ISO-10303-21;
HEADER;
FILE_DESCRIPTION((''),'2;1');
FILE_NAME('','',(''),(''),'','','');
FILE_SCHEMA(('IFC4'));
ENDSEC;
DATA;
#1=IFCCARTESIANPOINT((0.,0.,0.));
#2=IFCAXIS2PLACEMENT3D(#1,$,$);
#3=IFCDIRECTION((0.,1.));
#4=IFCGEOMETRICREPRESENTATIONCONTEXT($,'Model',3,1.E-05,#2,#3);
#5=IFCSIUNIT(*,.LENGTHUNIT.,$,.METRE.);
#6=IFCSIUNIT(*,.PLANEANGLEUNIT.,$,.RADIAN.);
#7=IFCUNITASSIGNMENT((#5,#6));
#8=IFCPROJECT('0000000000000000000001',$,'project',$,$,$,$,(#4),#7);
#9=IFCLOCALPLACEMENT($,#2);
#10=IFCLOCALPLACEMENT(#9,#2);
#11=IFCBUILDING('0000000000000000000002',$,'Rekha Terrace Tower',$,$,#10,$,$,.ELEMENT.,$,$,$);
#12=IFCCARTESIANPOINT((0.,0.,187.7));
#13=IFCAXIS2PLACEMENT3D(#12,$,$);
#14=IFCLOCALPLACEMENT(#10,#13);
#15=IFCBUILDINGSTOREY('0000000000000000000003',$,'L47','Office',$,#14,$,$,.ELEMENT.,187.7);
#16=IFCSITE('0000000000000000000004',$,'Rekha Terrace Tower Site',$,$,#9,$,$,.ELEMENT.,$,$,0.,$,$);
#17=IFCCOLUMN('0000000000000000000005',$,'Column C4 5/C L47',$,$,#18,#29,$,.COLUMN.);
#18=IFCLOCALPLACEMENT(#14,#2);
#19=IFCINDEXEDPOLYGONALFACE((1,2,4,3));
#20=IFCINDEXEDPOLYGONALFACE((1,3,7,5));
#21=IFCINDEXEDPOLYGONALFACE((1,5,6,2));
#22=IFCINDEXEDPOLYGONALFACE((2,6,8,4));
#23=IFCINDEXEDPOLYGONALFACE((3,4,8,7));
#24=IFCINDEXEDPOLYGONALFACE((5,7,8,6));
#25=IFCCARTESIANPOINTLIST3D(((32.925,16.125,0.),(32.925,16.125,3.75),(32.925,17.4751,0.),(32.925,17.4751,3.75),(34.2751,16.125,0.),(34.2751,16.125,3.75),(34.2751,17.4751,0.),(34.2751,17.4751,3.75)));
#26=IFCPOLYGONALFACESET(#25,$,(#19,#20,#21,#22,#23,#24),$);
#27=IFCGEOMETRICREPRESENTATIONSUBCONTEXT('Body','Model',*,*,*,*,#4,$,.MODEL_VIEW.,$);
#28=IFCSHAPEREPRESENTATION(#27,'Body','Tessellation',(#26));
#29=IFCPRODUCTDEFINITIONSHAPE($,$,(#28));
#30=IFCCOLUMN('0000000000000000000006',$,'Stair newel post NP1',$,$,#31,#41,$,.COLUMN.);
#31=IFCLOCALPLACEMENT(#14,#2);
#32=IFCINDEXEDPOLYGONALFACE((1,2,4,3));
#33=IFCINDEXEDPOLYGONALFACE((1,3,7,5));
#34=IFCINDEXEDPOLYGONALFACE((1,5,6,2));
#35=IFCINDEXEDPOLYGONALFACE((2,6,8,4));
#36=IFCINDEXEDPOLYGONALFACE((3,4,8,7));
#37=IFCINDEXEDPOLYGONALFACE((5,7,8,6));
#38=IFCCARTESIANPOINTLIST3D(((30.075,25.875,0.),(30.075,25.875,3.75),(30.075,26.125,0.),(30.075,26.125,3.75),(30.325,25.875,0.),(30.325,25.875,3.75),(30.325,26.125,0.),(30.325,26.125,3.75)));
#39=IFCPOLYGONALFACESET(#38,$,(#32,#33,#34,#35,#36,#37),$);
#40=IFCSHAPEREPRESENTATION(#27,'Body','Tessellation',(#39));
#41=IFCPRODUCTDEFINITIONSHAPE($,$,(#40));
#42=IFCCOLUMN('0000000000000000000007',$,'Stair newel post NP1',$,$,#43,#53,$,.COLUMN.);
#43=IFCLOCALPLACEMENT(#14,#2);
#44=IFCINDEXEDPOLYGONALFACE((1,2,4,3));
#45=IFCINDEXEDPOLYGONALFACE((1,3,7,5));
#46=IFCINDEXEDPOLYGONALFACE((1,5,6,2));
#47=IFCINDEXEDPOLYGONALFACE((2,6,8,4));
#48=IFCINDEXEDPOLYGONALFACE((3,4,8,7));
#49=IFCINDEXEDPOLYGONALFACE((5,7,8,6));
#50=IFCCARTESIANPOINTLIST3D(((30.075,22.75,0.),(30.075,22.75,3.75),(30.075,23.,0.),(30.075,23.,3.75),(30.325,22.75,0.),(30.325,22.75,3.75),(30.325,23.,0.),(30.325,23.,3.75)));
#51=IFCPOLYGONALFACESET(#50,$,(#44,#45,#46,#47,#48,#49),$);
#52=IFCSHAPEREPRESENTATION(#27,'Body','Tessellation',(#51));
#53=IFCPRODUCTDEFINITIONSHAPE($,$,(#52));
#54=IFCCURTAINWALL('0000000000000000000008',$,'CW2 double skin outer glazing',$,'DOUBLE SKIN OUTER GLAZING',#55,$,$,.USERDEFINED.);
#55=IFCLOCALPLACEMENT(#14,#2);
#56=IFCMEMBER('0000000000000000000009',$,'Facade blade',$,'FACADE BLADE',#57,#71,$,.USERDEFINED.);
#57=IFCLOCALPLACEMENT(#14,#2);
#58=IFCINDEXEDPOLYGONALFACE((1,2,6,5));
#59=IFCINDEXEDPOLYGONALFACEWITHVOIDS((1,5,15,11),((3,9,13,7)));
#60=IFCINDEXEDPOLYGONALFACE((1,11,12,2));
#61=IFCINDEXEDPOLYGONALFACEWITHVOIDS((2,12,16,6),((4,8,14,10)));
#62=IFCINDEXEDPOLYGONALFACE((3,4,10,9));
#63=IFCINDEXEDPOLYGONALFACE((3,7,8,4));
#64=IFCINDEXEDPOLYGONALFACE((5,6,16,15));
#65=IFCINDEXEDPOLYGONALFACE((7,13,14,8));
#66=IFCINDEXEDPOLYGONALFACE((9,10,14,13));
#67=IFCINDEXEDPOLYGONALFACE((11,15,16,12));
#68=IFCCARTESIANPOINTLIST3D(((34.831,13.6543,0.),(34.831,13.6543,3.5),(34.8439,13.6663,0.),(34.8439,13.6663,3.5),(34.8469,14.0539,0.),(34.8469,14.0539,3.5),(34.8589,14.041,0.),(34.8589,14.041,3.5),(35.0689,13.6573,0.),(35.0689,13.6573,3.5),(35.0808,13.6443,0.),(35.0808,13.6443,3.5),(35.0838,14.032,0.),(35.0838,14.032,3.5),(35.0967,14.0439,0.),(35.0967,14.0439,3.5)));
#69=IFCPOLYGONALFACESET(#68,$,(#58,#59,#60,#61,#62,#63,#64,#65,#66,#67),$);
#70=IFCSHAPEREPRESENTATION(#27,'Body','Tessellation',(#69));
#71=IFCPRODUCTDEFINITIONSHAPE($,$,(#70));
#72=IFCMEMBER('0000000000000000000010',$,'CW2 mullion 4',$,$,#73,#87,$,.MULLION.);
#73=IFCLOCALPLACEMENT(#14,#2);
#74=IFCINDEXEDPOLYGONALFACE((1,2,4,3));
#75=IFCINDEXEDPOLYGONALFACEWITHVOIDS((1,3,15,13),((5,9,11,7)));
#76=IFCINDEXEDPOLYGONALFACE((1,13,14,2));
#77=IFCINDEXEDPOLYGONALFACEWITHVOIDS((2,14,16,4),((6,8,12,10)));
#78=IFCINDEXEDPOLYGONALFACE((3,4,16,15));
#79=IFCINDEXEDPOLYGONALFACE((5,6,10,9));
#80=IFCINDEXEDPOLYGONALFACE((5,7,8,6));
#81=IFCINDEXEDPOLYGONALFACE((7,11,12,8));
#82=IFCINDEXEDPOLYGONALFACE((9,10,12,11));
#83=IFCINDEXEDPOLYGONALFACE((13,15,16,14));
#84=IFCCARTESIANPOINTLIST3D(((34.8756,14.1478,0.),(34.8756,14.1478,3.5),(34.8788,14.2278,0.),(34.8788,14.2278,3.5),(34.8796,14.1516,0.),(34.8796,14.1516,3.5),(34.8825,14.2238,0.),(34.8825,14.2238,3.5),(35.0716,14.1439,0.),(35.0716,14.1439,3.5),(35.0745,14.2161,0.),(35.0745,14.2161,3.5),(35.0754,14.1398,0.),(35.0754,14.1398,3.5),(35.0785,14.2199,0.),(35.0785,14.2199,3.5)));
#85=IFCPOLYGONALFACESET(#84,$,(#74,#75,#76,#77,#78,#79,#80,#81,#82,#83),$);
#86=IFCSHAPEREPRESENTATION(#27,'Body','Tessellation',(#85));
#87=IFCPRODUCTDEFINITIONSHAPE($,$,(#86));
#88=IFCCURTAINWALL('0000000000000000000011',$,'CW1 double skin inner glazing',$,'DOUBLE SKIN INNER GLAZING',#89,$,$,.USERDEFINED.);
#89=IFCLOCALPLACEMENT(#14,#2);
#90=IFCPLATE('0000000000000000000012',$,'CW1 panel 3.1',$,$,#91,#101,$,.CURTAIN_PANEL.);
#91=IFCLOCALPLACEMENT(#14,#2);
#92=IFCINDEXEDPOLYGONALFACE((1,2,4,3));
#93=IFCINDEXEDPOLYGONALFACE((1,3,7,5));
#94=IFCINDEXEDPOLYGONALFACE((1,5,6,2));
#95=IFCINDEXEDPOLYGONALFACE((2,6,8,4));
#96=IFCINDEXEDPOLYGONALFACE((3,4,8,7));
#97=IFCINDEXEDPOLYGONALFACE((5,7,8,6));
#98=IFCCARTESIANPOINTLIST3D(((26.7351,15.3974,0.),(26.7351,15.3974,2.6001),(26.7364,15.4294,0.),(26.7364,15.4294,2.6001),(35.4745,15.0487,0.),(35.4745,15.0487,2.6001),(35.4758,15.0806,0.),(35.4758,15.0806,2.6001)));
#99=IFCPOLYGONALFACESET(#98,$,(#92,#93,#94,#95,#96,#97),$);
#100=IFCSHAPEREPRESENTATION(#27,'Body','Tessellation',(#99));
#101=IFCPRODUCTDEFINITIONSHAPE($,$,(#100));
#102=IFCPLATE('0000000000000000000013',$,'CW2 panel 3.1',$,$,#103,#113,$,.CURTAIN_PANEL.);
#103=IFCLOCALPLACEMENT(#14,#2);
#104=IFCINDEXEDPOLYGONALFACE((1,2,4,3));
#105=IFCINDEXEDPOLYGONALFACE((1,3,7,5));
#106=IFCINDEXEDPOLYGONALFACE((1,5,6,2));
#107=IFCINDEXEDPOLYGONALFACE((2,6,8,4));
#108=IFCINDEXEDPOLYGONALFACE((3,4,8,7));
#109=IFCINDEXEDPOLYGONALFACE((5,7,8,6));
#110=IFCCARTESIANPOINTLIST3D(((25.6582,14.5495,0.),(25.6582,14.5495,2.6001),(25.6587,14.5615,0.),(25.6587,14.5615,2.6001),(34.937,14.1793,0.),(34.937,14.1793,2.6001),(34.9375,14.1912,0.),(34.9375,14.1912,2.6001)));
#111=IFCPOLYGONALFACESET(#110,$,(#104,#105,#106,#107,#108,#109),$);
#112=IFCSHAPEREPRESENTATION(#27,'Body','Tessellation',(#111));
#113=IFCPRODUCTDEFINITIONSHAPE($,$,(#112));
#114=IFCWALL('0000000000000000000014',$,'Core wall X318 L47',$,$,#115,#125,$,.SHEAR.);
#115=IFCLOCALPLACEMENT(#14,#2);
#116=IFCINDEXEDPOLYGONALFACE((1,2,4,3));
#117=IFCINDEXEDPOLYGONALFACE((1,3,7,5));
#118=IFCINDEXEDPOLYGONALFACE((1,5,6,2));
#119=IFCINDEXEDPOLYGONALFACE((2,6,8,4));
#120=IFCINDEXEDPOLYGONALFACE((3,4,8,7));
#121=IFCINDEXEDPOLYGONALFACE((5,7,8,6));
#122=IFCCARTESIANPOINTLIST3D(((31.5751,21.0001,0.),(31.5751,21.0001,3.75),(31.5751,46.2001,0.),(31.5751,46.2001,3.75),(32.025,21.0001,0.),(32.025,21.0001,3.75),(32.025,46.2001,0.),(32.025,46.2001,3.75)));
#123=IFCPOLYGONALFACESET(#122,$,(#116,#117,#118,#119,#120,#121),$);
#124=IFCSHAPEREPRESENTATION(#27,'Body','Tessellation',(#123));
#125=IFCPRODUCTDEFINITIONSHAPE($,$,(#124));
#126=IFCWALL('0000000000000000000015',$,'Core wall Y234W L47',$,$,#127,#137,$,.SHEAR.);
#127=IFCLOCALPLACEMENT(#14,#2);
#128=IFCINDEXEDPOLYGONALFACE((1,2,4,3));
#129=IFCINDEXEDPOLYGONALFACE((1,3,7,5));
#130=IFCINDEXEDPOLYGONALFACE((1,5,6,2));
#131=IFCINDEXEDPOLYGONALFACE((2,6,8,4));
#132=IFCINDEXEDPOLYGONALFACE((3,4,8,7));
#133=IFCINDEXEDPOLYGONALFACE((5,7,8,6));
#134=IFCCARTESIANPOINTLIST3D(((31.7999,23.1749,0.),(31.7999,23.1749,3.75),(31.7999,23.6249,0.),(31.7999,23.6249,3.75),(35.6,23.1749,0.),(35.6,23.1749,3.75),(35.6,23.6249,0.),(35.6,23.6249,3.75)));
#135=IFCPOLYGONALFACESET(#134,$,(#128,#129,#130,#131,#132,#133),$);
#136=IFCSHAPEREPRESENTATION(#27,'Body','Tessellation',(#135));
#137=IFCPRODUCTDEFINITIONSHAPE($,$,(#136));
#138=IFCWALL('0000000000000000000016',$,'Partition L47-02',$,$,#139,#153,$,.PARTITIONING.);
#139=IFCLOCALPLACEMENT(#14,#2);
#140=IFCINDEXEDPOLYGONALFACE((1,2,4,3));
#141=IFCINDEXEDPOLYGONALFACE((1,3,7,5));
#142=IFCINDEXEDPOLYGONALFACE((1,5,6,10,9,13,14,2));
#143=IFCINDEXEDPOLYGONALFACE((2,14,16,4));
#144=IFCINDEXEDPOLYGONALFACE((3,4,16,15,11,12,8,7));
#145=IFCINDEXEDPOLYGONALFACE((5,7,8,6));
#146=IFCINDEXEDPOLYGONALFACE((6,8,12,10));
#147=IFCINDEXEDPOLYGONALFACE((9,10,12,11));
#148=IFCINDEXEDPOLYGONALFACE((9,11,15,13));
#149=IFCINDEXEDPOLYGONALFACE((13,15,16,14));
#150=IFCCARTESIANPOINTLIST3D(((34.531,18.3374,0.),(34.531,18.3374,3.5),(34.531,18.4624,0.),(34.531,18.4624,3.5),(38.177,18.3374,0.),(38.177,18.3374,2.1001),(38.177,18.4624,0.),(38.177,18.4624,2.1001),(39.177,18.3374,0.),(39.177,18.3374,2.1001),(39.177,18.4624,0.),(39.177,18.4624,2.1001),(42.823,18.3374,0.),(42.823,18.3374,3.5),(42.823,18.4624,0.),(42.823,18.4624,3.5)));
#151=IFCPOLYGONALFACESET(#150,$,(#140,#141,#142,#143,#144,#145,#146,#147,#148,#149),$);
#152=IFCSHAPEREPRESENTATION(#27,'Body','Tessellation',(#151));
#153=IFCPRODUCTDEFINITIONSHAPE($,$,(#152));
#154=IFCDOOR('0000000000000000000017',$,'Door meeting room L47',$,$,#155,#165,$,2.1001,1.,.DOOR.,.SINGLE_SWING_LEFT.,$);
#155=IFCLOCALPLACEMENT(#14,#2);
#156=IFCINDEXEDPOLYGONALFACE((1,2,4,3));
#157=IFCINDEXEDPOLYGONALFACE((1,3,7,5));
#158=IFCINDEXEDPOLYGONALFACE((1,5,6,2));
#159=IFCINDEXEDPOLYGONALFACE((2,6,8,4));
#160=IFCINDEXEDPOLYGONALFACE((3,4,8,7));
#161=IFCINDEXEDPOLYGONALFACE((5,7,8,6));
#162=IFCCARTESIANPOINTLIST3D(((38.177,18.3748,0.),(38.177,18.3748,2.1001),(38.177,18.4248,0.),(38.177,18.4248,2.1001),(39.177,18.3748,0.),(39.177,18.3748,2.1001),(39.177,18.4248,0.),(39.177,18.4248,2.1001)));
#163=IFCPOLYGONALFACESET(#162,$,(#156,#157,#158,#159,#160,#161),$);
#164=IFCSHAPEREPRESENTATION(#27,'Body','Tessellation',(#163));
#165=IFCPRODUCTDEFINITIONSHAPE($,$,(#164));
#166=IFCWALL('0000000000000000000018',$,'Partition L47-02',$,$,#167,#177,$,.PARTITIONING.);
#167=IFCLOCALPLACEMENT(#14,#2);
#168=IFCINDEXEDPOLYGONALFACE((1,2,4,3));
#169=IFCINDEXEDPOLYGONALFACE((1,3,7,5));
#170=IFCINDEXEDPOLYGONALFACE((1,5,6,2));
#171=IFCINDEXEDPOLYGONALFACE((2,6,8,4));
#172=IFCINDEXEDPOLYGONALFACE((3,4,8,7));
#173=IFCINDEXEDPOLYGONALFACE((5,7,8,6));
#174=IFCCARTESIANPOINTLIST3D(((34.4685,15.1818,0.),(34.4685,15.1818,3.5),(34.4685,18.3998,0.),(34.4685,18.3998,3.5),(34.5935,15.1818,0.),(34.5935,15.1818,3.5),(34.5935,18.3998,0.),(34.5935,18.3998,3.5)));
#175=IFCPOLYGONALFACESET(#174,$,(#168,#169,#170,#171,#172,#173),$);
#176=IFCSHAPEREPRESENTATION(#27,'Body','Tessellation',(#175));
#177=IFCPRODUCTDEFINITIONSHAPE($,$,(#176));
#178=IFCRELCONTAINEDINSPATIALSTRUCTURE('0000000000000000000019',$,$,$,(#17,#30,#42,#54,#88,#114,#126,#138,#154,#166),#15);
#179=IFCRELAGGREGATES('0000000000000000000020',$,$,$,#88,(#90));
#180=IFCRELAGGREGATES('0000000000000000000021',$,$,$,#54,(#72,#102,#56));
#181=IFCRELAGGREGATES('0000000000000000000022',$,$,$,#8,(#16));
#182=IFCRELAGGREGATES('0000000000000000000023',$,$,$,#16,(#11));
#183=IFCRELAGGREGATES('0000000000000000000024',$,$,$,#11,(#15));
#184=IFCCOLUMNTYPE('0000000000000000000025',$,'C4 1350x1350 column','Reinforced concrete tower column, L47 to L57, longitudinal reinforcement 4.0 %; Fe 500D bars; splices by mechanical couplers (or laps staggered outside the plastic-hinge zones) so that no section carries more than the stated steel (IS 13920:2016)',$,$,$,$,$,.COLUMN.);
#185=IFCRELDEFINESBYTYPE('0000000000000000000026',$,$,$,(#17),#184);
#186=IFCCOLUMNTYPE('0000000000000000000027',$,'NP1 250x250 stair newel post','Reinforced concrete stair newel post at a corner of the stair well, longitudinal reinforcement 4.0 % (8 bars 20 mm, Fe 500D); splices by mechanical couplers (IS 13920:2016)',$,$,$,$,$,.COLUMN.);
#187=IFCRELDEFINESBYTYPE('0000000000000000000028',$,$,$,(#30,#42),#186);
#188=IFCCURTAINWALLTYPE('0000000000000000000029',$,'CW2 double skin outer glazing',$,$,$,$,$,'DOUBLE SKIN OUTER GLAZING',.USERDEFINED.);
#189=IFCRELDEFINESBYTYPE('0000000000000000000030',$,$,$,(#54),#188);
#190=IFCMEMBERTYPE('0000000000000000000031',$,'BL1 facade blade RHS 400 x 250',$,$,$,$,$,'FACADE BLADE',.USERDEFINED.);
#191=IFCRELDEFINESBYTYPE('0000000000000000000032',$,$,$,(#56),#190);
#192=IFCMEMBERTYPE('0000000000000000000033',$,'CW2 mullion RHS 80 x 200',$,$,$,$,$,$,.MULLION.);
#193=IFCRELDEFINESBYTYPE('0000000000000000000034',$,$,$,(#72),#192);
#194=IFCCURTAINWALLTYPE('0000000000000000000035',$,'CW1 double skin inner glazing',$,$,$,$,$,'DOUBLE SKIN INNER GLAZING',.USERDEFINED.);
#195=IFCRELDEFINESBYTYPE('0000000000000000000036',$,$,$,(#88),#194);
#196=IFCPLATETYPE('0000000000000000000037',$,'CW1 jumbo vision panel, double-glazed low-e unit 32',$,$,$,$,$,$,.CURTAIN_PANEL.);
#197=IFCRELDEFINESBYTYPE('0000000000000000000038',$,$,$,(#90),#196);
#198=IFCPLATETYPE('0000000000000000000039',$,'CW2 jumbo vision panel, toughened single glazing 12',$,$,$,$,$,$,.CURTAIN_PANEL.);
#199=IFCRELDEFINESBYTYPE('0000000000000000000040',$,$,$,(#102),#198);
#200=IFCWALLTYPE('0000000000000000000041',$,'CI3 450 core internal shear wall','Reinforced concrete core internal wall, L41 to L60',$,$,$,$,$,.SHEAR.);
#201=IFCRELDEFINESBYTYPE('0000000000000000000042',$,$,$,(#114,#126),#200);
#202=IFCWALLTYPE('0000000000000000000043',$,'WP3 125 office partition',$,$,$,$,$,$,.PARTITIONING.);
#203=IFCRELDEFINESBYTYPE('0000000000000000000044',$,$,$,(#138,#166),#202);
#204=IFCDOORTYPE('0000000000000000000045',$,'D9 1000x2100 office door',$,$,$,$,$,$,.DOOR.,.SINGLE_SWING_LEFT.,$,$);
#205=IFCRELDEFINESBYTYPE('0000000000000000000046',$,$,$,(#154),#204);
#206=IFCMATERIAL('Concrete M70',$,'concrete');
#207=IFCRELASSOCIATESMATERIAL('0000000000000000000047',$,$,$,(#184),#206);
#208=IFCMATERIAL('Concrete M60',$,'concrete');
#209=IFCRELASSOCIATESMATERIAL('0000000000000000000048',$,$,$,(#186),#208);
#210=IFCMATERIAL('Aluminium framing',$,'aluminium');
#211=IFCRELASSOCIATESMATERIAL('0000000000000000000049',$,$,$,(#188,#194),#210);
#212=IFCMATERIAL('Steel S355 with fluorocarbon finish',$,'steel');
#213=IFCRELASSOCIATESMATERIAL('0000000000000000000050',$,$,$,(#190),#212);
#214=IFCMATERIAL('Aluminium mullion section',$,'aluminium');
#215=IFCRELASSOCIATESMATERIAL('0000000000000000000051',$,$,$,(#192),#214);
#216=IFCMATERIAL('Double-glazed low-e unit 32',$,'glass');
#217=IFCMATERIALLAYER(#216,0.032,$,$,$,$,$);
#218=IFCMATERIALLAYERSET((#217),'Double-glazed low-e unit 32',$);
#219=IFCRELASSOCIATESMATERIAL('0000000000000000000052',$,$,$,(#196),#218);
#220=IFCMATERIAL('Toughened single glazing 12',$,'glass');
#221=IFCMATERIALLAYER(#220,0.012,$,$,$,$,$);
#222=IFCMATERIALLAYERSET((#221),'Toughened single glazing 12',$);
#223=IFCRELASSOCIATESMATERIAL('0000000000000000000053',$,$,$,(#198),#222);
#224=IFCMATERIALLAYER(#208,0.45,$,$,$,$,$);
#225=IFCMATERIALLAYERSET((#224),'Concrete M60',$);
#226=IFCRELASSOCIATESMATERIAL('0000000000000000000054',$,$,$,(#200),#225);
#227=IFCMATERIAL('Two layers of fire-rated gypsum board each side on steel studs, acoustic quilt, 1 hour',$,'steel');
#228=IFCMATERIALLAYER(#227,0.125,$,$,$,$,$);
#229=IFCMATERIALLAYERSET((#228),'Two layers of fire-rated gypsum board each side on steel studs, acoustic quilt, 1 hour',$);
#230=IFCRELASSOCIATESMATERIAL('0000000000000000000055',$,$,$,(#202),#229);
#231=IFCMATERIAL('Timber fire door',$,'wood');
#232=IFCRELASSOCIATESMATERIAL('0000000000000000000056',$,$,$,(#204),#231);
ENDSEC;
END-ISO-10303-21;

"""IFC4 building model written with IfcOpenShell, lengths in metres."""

from ifc_helpers import new_model, si_unit, direction, frame, frame_2d, origin, origin_2d, place, context, subcontext, project, spatial, rectangle, hollow_rectangle, extrude, material, layer, layer_set, material_profile, profile_set, type_object, element, fill, aggregate, save


model = new_model("IFC4")

# Units and contexts
model_context = context("Model", 3, precision=1e-05, world=origin(), true_north=direction((0.0, 1.0)))
body_context = subcontext(model_context, "Body", "Model", "MODEL_VIEW")
ifc_project = project(units=[si_unit("LENGTHUNIT", "METRE"), si_unit("PLANEANGLEUNIT", "RADIAN")], contexts=[model_context])

# Site, building, storey
site_placement = place(None, origin())
site = spatial("IfcSite", under=ifc_project, at=site_placement, Name="Rekha Terrace Tower Site", CompositionType="ELEMENT", RefElevation=0.0)
building_placement = place(site_placement, origin())
building = spatial("IfcBuilding", under=site, at=building_placement, Name="Rekha Terrace Tower", CompositionType="ELEMENT")
storey_placement = place(building_placement, frame((0.0, 0.0, 187.7)))
storey = spatial("IfcBuildingStorey", under=building, at=storey_placement, Name="L47", Description="Office", CompositionType="ELEMENT", Elevation=187.7)

# Columns
ifc_material_1 = material(Name="Concrete M70", Category="concrete")
ifc_material_profile_1 = material_profile(ifc_material_1, rectangle(XDim=1.3501, YDim=1.3501, at=origin_2d()), Name="RC 1350x1350")
ifc_profile_set_1 = profile_set([ifc_material_profile_1], Name="Concrete M70")
column_type_1 = type_object("IfcColumnType", Name="C4 1350x1350 column", Description="Reinforced concrete tower column, L47 to L57, longitudinal reinforcement 4.0 %; Fe 500D bars; splices by mechanical couplers (or laps staggered outside the plastic-hinge zones) so that no section carries more than the stated steel (IS 13920:2016)", PredefinedType="COLUMN", material=ifc_profile_set_1)
column_placement = place(storey_placement, frame((33.6001, 16.8, 0.0), z_axis=(0.0, 0.0, 1.0), x_axis=(1.0, 0.0, 0.0)))
element("IfcColumn", 1, at=column_placement, inside=storey, type_object=column_type_1, Name="Column C4 5/C L47", PredefinedType="COLUMN", context=body_context, shape_type="SweptSolid", body=[
    extrude(rectangle(XDim=1.3501, YDim=1.3501, at=origin_2d()), origin(), (0.0, 0.0, 1.0), 3.75),
])
ifc_material_2 = material(Name="Concrete M60", Category="concrete")
ifc_material_profile_2 = material_profile(ifc_material_2, rectangle(XDim=0.25, YDim=0.25, at=origin_2d()), Name="RC 250x250")
ifc_profile_set_2 = profile_set([ifc_material_profile_2], Name="Concrete M60")
column_type_2 = type_object("IfcColumnType", Name="NP1 250x250 stair newel post", Description="Reinforced concrete stair newel post at a corner of the stair well, longitudinal reinforcement 4.0 % (8 bars 20 mm, Fe 500D); splices by mechanical couplers (IS 13920:2016)", PredefinedType="COLUMN", material=ifc_profile_set_2)
for number, where, z_axis, x_axis, name in (
    (2, (30.2, 26.0, 0.0), (0.0, 0.0, 1.0), (1.0, 0.0, 0.0), "Stair newel post NP1"),
    (3, (30.2, 22.875, 0.0), (0.0, 0.0, 1.0), (1.0, 0.0, 0.0), "Stair newel post NP1"),
):
    element("IfcColumn", number, at=place(storey_placement, frame(where, z_axis=z_axis, x_axis=x_axis)), inside=storey, type_object=column_type_2, Name=name, PredefinedType="COLUMN", context=body_context, shape_type="SweptSolid", body=[
        extrude(rectangle(XDim=0.25, YDim=0.25, at=origin_2d()), origin(), (0.0, 0.0, 1.0), 3.75),
    ])

# Curtain wall, members
ifc_material_3 = material(Name="Aluminium framing", Category="aluminium")
curtain_wall_type_1 = type_object("IfcCurtainWallType", Name="CW2 double skin outer glazing", ElementType="DOUBLE SKIN OUTER GLAZING", PredefinedType="USERDEFINED", material=ifc_material_3)
curtain_wall_1_placement = place(storey_placement, origin())
curtain_wall_1 = element("IfcCurtainWall", 4, at=curtain_wall_1_placement, inside=storey, type_object=curtain_wall_type_1, Name="CW2 double skin outer glazing", ObjectType="DOUBLE SKIN OUTER GLAZING", PredefinedType="USERDEFINED")
ifc_material_4 = material(Name="Steel S355 with fluorocarbon finish", Category="steel")
ifc_material_profile_3 = material_profile(ifc_material_4, hollow_rectangle(XDim=0.25, YDim=0.3999, WallThickness=0.0125, at=origin_2d()), Name="RHS400x250x12.5")
ifc_profile_set_3 = profile_set([ifc_material_profile_3], Name="Steel S355 with fluorocarbon finish")
member_type_1 = type_object("IfcMemberType", Name="BL1 facade blade RHS 400 x 250", ElementType="FACADE BLADE", PredefinedType="USERDEFINED", material=ifc_profile_set_3)
member_1_placement = place(storey_placement, frame((34.9639, 13.8491, 0.0), z_axis=(0.0, 0.0, 1.0), x_axis=(0.999205, -0.039872, 0.0)))
member_1 = element("IfcMember", 5, at=member_1_placement, type_object=member_type_1, Name="Facade blade", ObjectType="FACADE BLADE", PredefinedType="USERDEFINED", context=body_context, shape_type="SweptSolid", body=[
    extrude(hollow_rectangle(XDim=0.25, YDim=0.3999, WallThickness=0.0125, at=origin_2d()), origin(), (0.0, 0.0, 1.0), 3.5),
])
ifc_material_5 = material(Name="Aluminium mullion section", Category="aluminium")
ifc_material_profile_4 = material_profile(ifc_material_5, hollow_rectangle(XDim=0.0801, YDim=0.2, WallThickness=0.0039, at=origin_2d()), Name="AL RHS 80x200")
ifc_profile_set_4 = profile_set([ifc_material_profile_4], Name="Aluminium mullion section")
member_type_2 = type_object("IfcMemberType", Name="CW2 mullion RHS 80 x 200", PredefinedType="MULLION", material=ifc_profile_set_4)
member_2_placement = place(storey_placement, frame((34.9771, 14.1838, 0.0), z_axis=(0.0, 0.0, 1.0), x_axis=(0.039872, 0.999205, 0.0)))
member_2 = element("IfcMember", 6, at=member_2_placement, type_object=member_type_2, Name="CW2 mullion 4", PredefinedType="MULLION", context=body_context, shape_type="SweptSolid", body=[
    extrude(hollow_rectangle(XDim=0.0801, YDim=0.2, WallThickness=0.0039, at=origin_2d()), origin(), (0.0, 0.0, 1.0), 3.5),
])

# Curtain wall, plate
curtain_wall_type_2 = type_object("IfcCurtainWallType", Name="CW1 double skin inner glazing", ElementType="DOUBLE SKIN INNER GLAZING", PredefinedType="USERDEFINED", material=ifc_material_3)
curtain_wall_2_placement = place(storey_placement, origin())
curtain_wall_2 = element("IfcCurtainWall", 7, at=curtain_wall_2_placement, inside=storey, type_object=curtain_wall_type_2, Name="CW1 double skin inner glazing", ObjectType="DOUBLE SKIN INNER GLAZING", PredefinedType="USERDEFINED")
ifc_material_6 = material(Name="Double-glazed low-e unit 32", Category="glass")
ifc_layer_1 = layer(ifc_material_6, 0.032)
ifc_layer_set_1 = layer_set([ifc_layer_1], Name="Double-glazed low-e unit 32")
plate_type_1 = type_object("IfcPlateType", Name="CW1 jumbo vision panel, double-glazed low-e unit 32", PredefinedType="CURTAIN_PANEL", material=ifc_layer_set_1)
plate_1_placement = place(storey_placement, frame((31.1055, 15.239, 0.0), z_axis=(0.0, 0.0, 1.0), x_axis=(0.999205, -0.039872, 0.0)))
plate_1 = element("IfcPlate", 8, at=plate_1_placement, type_object=plate_type_1, Name="CW1 panel 3.1", PredefinedType="CURTAIN_PANEL", context=body_context, shape_type="SweptSolid", body=[
    extrude(rectangle(XDim=8.7463, YDim=0.032, at=origin_2d()), origin(), (0.0, 0.0, 1.0), 2.6001),
])
aggregate(curtain_wall_2, [plate_1])

# Plate
ifc_material_7 = material(Name="Toughened single glazing 12", Category="glass")
ifc_layer_2 = layer(ifc_material_7, 0.012)
ifc_layer_set_2 = layer_set([ifc_layer_2], Name="Toughened single glazing 12")
plate_type_2 = type_object("IfcPlateType", Name="CW2 jumbo vision panel, toughened single glazing 12", PredefinedType="CURTAIN_PANEL", material=ifc_layer_set_2)
plate_2_placement = place(storey_placement, frame((30.2979, 14.3704, 0.0), z_axis=(0.0, 0.0, 1.0), x_axis=(0.999205, -0.039872, 0.0)))
plate_2 = element("IfcPlate", 9, at=plate_2_placement, type_object=plate_type_2, Name="CW2 panel 3.1", PredefinedType="CURTAIN_PANEL", context=body_context, shape_type="SweptSolid", body=[
    extrude(rectangle(XDim=9.2861, YDim=0.012, at=origin_2d()), origin(), (0.0, 0.0, 1.0), 2.6001),
])
aggregate(curtain_wall_1, [member_2, plate_2, member_1])

# Walls
ifc_layer_3 = layer(ifc_material_2, 0.45)
ifc_layer_set_3 = layer_set([ifc_layer_3], Name="Concrete M60")
wall_type_1 = type_object("IfcWallType", Name="CI3 450 core internal shear wall", Description="Reinforced concrete core internal wall, L41 to L60", PredefinedType="SHEAR", material=ifc_layer_set_3)
wall_1_placement = place(storey_placement, frame((31.8, 21.0, 0.0), z_axis=(0.0, 0.0, 1.0), x_axis=(0.0, 1.0, 0.0)))
element("IfcWall", 10, at=wall_1_placement, inside=storey, type_object=wall_type_1, Name="Core wall X318 L47", PredefinedType="SHEAR", context=body_context, shape_type="SweptSolid", body=[
    extrude(rectangle(XDim=25.2, YDim=0.45, at=frame_2d((12.6001, 0.0))), origin(), (0.0, 0.0, 1.0), 3.75),
])
wall_2_placement = place(storey_placement, frame((31.8, 23.3999, 0.0), z_axis=(0.0, 0.0, 1.0), x_axis=(1.0, 0.0, 0.0)))
element("IfcWall", 11, at=wall_2_placement, inside=storey, type_object=wall_type_1, Name="Core wall Y234W L47", PredefinedType="SHEAR", context=body_context, shape_type="SweptSolid", body=[
    extrude(rectangle(XDim=3.8, YDim=0.45, at=frame_2d((1.8999, 0.0))), origin(), (0.0, 0.0, 1.0), 3.75),
])

# Wall, opening, door
ifc_material_8 = material(Name="Two layers of fire-rated gypsum board each side on steel studs, acoustic quilt, 1 hour", Category="steel")
ifc_layer_4 = layer(ifc_material_8, 0.125)
ifc_layer_set_4 = layer_set([ifc_layer_4], Name="Two layers of fire-rated gypsum board each side on steel studs, acoustic quilt, 1 hour")
wall_type_2 = type_object("IfcWallType", Name="WP3 125 office partition", PredefinedType="PARTITIONING", material=ifc_layer_set_4)
wall_3_placement = place(storey_placement, frame((34.531, 18.3999, 0.0), z_axis=(0.0, 0.0, 1.0), x_axis=(1.0, 0.0, 0.0)))
wall_3 = element("IfcWall", 12, at=wall_3_placement, inside=storey, type_object=wall_type_2, Name="Partition L47-02", PredefinedType="PARTITIONING", context=body_context, shape_type="SweptSolid", body=[
    extrude(rectangle(XDim=8.292, YDim=0.125, at=frame_2d((4.146, 0.0))), origin(), (0.0, 0.0, 1.0), 3.5),
])
opening_placement = place(wall_3_placement, frame((3.646, 0.0, 0.0)))
opening = element("IfcOpeningElement", 13, at=opening_placement, cuts=wall_3, PredefinedType="OPENING", context=body_context, shape_type="SweptSolid", body=[
    extrude(rectangle(XDim=1.0, YDim=2.1001, at=frame_2d((0.5, 1.05))), frame((0.0, 0.0725, 0.0), z_axis=(0.0, -1.0, 0.0), x_axis=(1.0, 0.0, 0.0)), (0.0, 0.0, 1.0), 0.145),
])
ifc_material_9 = material(Name="Timber fire door", Category="wood")
door_type = type_object("IfcDoorType", Name="D9 1000x2100 office door", OperationType="SINGLE_SWING_LEFT", PredefinedType="DOOR", material=ifc_material_9)
door_placement = place(opening_placement, origin())
door = element("IfcDoor", 14, at=door_placement, inside=storey, type_object=door_type, Name="Door meeting room L47", OperationType="SINGLE_SWING_LEFT", OverallHeight=2.1001, OverallWidth=1.0, PredefinedType="DOOR", context=body_context, shape_type="SweptSolid", body=[
    extrude(rectangle(XDim=1.0, YDim=2.1001, at=frame_2d((0.5, 1.05))), frame((0.0, 0.0249, 0.0), z_axis=(0.0, -1.0, 0.0), x_axis=(1.0, 0.0, 0.0)), (0.0, 0.0, 1.0), 0.05),
])
fill(opening, door)

# Wall
wall_4_placement = place(storey_placement, frame((34.531, 15.1819, 0.0), z_axis=(0.0, 0.0, 1.0), x_axis=(0.0, 1.0, 0.0)))
element("IfcWall", 15, at=wall_4_placement, inside=storey, type_object=wall_type_2, Name="Partition L47-02", PredefinedType="PARTITIONING", context=body_context, shape_type="SweptSolid", body=[
    extrude(rectangle(XDim=3.218, YDim=0.125, at=frame_2d((1.6089, 0.0))), origin(), (0.0, 0.0, 1.0), 3.5),
])

save(model, "model.ifc")
